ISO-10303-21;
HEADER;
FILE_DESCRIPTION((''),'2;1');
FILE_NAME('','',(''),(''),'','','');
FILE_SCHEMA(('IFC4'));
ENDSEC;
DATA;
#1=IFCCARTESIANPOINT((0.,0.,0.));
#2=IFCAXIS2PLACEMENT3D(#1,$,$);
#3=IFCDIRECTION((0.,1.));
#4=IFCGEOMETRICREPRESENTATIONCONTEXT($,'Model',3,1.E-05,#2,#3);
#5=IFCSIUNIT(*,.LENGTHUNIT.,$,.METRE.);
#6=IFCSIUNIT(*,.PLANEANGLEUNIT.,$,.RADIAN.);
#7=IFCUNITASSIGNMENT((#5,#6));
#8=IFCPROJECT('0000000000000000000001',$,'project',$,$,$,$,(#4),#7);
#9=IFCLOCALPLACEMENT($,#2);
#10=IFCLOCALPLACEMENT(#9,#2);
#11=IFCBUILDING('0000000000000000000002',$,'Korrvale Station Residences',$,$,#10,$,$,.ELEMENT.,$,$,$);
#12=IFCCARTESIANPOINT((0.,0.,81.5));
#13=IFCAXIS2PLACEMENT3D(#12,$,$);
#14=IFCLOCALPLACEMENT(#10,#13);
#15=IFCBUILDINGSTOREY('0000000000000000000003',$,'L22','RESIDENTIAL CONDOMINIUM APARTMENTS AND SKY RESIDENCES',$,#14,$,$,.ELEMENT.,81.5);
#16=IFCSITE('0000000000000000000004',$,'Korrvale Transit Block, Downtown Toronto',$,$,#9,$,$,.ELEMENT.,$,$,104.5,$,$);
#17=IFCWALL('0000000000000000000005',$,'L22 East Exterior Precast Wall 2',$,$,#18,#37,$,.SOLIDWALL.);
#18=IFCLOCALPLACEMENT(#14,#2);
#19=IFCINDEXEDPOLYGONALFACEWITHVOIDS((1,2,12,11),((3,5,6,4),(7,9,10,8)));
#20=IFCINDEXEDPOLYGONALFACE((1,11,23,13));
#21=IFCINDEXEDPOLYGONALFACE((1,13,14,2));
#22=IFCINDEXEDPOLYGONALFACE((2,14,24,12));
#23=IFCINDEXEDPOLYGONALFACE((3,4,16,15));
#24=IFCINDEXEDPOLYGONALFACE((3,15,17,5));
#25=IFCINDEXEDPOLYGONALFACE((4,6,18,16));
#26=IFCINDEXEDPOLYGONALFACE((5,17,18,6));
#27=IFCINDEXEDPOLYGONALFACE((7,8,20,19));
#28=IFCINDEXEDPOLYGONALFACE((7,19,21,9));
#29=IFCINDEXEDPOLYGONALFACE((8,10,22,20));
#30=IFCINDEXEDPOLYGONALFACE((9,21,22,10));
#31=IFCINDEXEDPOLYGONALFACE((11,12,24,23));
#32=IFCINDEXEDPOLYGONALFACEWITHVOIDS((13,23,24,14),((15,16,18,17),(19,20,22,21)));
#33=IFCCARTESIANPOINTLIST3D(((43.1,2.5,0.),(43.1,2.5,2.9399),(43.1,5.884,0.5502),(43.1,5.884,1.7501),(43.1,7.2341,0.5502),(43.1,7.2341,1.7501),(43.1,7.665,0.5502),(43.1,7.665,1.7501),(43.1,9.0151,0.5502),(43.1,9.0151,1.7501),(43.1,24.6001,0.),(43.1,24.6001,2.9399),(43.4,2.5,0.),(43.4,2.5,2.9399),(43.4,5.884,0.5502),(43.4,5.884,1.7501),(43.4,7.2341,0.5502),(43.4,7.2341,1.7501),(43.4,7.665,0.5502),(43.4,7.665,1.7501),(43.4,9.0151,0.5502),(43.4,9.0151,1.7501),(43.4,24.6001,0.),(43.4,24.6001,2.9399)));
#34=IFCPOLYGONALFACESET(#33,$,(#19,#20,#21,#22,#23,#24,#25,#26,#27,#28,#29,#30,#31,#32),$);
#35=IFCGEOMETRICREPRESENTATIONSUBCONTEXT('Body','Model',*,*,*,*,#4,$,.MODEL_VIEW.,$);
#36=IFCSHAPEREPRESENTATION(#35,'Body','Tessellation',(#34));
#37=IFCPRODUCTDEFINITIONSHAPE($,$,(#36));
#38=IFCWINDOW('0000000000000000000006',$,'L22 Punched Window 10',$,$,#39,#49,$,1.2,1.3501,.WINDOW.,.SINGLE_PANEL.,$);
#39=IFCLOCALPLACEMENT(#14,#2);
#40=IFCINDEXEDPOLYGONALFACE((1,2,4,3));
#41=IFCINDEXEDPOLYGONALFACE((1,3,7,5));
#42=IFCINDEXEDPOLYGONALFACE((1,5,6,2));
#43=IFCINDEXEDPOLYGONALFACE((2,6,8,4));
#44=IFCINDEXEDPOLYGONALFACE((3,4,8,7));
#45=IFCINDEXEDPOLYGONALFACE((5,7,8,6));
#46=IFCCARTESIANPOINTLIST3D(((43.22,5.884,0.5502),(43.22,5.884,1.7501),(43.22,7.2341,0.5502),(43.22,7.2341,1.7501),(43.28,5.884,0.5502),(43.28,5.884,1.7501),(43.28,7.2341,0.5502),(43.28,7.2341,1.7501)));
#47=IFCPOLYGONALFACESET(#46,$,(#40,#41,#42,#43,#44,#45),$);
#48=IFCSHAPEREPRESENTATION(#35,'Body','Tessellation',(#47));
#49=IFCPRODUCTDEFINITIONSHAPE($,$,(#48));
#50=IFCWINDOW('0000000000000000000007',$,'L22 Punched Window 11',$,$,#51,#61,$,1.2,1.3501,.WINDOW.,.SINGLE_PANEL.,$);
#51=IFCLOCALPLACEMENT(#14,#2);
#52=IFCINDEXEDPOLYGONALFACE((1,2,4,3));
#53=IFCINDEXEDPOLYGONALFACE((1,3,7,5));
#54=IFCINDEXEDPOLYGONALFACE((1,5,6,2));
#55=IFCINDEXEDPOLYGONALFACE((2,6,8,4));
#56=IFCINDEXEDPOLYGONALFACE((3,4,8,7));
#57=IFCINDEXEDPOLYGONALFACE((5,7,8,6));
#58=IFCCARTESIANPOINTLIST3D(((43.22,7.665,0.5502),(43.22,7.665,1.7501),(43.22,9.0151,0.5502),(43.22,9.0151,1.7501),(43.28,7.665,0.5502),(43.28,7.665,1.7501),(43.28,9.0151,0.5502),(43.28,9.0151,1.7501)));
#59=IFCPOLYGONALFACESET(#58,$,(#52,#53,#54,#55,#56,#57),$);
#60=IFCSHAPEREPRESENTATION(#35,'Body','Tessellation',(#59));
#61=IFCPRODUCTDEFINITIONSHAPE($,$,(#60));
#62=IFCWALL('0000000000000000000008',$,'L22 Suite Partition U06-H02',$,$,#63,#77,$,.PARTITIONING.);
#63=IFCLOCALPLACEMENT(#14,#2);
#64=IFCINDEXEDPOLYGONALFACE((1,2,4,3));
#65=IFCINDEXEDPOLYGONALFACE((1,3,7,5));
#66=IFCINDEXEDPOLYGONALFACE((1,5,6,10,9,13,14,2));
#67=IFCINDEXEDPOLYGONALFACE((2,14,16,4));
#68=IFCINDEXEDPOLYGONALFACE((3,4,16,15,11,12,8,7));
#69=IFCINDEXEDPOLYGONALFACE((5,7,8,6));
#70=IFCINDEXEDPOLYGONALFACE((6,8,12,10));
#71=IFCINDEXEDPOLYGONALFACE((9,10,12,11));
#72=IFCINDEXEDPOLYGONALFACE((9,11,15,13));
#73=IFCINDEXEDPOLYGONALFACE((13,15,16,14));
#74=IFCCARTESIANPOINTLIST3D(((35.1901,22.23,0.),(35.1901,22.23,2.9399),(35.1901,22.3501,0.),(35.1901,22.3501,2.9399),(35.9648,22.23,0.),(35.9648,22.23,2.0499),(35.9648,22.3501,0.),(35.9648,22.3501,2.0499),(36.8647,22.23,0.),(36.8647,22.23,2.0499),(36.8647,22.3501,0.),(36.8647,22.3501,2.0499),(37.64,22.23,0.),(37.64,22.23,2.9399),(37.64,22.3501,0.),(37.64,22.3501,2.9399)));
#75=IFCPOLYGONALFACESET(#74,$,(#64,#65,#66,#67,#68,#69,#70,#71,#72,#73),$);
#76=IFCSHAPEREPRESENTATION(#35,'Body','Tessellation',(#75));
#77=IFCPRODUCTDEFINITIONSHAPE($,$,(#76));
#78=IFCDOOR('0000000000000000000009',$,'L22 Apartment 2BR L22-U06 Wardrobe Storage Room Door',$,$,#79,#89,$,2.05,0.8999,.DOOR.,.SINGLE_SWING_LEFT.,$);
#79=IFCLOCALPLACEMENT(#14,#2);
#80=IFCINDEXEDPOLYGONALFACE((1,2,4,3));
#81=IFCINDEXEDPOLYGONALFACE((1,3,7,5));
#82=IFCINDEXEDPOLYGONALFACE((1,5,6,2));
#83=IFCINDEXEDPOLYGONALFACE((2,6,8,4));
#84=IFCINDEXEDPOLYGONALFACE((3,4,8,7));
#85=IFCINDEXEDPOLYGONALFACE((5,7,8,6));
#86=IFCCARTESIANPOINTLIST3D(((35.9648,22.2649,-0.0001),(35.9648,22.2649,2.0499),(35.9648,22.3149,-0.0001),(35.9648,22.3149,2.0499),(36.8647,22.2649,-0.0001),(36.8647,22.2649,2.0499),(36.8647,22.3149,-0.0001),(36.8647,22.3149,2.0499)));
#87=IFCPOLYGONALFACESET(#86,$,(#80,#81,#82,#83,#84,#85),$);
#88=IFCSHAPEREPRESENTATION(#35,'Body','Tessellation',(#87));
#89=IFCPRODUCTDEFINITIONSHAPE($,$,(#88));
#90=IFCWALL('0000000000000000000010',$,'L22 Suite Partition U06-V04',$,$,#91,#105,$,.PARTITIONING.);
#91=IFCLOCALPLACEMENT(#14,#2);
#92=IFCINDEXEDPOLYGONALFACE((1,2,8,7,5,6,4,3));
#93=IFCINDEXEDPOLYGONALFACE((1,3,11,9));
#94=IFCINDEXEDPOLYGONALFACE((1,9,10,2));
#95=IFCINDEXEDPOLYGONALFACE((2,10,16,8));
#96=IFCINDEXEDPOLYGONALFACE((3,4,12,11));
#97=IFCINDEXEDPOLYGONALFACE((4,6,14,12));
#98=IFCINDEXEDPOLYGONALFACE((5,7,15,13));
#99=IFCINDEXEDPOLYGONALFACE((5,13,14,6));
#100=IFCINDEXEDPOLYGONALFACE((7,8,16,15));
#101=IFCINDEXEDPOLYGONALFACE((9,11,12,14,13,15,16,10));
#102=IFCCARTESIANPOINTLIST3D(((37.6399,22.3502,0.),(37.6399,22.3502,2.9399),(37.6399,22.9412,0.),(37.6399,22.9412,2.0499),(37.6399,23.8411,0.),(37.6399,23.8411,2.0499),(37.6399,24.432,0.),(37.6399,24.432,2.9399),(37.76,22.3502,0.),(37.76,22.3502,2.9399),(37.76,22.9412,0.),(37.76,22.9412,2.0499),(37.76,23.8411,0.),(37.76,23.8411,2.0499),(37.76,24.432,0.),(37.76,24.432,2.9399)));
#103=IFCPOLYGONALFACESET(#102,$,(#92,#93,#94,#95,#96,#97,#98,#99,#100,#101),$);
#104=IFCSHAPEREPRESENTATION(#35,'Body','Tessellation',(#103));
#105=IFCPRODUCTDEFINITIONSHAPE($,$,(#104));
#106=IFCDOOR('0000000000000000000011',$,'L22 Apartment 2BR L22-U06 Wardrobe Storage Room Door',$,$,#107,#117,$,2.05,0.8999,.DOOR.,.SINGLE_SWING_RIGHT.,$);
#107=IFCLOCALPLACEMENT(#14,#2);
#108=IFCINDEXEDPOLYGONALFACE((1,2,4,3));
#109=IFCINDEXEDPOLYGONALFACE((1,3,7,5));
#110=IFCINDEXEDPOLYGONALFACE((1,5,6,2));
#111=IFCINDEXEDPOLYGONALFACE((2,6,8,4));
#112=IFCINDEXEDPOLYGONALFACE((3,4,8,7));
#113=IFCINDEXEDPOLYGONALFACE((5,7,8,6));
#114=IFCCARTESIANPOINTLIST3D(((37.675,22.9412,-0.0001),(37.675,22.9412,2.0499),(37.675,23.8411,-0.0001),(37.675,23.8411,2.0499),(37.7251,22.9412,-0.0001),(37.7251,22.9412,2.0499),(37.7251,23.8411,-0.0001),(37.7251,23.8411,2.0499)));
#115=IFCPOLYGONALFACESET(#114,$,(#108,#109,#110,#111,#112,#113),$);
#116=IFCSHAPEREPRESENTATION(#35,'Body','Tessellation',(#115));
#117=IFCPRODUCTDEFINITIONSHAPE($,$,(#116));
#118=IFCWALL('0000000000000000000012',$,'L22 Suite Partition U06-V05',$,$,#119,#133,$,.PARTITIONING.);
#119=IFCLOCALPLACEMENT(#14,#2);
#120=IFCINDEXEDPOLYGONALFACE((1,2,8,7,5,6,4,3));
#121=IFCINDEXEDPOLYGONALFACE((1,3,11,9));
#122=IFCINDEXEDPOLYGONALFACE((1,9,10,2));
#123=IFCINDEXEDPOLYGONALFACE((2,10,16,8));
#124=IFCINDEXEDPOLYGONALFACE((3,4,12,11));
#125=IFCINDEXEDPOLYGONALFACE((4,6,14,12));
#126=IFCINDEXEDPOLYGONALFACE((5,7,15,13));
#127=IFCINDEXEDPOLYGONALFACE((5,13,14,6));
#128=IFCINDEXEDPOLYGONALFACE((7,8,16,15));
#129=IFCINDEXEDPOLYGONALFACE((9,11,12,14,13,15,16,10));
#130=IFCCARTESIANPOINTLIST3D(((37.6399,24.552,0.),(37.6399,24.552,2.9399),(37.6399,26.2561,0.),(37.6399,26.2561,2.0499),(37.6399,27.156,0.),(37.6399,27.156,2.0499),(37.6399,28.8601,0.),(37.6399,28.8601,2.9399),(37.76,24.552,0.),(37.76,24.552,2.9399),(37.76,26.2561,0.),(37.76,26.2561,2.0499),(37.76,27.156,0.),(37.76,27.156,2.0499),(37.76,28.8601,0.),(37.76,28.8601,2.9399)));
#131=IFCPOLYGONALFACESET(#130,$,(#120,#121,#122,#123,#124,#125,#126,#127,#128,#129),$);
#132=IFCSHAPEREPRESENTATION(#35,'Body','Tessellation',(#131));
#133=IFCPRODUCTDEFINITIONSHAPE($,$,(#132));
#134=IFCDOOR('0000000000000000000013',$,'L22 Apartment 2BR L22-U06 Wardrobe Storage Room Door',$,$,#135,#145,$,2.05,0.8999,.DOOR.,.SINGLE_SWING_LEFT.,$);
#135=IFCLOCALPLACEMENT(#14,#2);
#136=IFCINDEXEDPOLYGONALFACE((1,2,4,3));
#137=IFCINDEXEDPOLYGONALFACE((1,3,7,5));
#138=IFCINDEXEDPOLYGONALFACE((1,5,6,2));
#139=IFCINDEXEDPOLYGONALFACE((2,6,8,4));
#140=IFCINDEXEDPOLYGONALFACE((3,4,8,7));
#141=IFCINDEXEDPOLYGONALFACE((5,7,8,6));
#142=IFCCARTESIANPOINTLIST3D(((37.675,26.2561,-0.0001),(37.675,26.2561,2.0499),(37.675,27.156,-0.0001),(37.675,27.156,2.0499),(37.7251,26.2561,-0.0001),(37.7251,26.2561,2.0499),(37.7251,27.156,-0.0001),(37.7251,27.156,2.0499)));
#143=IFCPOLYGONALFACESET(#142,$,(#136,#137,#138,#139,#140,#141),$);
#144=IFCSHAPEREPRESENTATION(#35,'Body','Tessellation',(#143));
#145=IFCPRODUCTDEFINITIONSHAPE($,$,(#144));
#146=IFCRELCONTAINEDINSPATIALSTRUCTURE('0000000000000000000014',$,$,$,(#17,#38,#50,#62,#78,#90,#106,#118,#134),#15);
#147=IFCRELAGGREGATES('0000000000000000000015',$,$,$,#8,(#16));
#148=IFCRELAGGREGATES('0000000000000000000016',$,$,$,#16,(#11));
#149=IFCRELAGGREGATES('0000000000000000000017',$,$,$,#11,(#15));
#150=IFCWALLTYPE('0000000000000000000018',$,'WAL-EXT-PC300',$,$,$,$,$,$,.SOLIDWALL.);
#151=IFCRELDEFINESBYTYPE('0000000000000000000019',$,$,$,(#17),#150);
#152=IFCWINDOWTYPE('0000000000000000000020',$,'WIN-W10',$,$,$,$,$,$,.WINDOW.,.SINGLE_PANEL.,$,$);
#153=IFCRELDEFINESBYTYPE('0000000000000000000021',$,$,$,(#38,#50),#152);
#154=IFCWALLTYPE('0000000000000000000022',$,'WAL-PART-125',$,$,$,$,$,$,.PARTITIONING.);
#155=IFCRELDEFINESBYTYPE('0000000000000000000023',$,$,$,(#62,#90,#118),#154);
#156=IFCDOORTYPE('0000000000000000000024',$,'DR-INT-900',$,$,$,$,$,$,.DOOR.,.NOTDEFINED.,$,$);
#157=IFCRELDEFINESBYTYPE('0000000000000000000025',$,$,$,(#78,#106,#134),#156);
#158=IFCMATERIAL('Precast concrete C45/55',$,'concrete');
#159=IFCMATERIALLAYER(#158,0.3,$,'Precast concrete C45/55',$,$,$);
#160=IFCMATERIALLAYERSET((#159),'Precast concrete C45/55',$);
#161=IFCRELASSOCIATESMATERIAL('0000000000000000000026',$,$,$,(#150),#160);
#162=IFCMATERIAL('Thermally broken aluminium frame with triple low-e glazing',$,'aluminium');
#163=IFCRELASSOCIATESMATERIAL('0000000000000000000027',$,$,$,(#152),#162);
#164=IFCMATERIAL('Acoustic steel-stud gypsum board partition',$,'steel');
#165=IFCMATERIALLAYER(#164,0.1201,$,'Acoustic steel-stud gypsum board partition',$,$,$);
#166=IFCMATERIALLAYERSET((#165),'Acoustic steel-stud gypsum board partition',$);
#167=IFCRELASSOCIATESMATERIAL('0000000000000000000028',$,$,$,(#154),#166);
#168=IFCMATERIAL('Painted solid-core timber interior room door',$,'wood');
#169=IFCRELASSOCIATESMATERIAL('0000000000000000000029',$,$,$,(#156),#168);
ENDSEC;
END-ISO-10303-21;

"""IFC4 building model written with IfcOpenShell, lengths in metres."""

from ifc_helpers import new_model, si_unit, direction, frame, frame_2d, origin, place, context, subcontext, project, spatial, rectangle, extrude, material, layer, layer_set, type_object, element, fill, save


model = new_model("IFC4")

# Units and contexts
model_context = context("Model", 3, precision=1e-05, world=origin(), true_north=direction((0.0, 1.0)))
body_context = subcontext(model_context, "Body", "Model", "MODEL_VIEW")
ifc_project = project(units=[si_unit("LENGTHUNIT", "METRE"), si_unit("PLANEANGLEUNIT", "RADIAN")], contexts=[model_context])

# Site, building, storey
site_placement = place(None, origin())
site = spatial("IfcSite", under=ifc_project, at=site_placement, Name="Korrvale Transit Block, Downtown Toronto", CompositionType="ELEMENT", RefElevation=104.5)
building_placement = place(site_placement, origin())
building = spatial("IfcBuilding", under=site, at=building_placement, Name="Korrvale Station Residences", CompositionType="ELEMENT")
storey_placement = place(building_placement, frame((0.0, 0.0, 81.5)))
storey = spatial("IfcBuildingStorey", under=building, at=storey_placement, Name="L22", Description="RESIDENTIAL CONDOMINIUM APARTMENTS AND SKY RESIDENCES", CompositionType="ELEMENT", Elevation=81.5)

# Shared definitions
ifc_material_1 = material(Name="Precast concrete C45/55", Category="concrete")

# Shared definitions
ifc_material_2 = material(Name="Thermally broken aluminium frame with triple low-e glazing", Category="aluminium")

# Wall, openings, windows
ifc_layer_1 = layer(ifc_material_1, 0.3, Name="Precast concrete C45/55")
ifc_layer_set_1 = layer_set([ifc_layer_1], Name="Precast concrete C45/55")
wall_type_1 = type_object("IfcWallType", Name="WAL-EXT-PC300", PredefinedType="SOLIDWALL", material=ifc_layer_set_1)
wall_1_placement = place(storey_placement, frame((43.25, 24.6001, 0.0), z_axis=(0.0, 0.0, 1.0), x_axis=(0.0, -1.0, 0.0)))
wall_1 = element("IfcWall", 1, at=wall_1_placement, inside=storey, type_object=wall_type_1, Name="L22 East Exterior Precast Wall 2", PredefinedType="SOLIDWALL", context=body_context, shape_type="SweptSolid", body=[
    extrude(rectangle(XDim=22.1001, YDim=0.3, at=frame_2d((11.05, 0.0))), origin(), (0.0, 0.0, 1.0), 2.9399),
])
opening_1_placement = place(wall_1_placement, frame((17.366, 0.0, 0.55)))
opening_1 = element("IfcOpeningElement", 2, at=opening_1_placement, cuts=wall_1, PredefinedType="OPENING", context=body_context, shape_type="SweptSolid", body=[
    extrude(rectangle(XDim=1.3501, YDim=1.2, at=frame_2d((0.675, 0.6001))), frame((0.0, 0.1602, 0.0), z_axis=(0.0, -1.0, 0.0), x_axis=(1.0, 0.0, 0.0)), (0.0, 0.0, 1.0), 0.3201),
])
opening_2_placement = place(wall_1_placement, frame((15.585, 0.0, 0.55)))
opening_2 = element("IfcOpeningElement", 3, at=opening_2_placement, cuts=wall_1, PredefinedType="OPENING", context=body_context, shape_type="SweptSolid", body=[
    extrude(rectangle(XDim=1.3501, YDim=1.2, at=frame_2d((0.675, 0.6001))), frame((0.0, 0.1602, 0.0), z_axis=(0.0, -1.0, 0.0), x_axis=(1.0, 0.0, 0.0)), (0.0, 0.0, 1.0), 0.3201),
])
window_type_1 = type_object("IfcWindowType", Name="WIN-W10", PartitioningType="SINGLE_PANEL", PredefinedType="WINDOW", material=ifc_material_2)
window_1_placement = place(opening_1_placement, origin())
window_1 = element("IfcWindow", 4, at=window_1_placement, inside=storey, type_object=window_type_1, Name="L22 Punched Window 10", OverallHeight=1.2, OverallWidth=1.3501, PartitioningType="SINGLE_PANEL", PredefinedType="WINDOW", context=body_context, shape_type="SweptSolid", body=[
    extrude(rectangle(XDim=1.3501, YDim=1.2, at=frame_2d((0.675, 0.6001))), frame((0.0, 0.03, 0.0), z_axis=(0.0, -1.0, 0.0), x_axis=(1.0, 0.0, 0.0)), (0.0, 0.0, 1.0), 0.0601),
])
fill(opening_1, window_1)
window_2_placement = place(opening_2_placement, origin())
window_2 = element("IfcWindow", 5, at=window_2_placement, inside=storey, type_object=window_type_1, Name="L22 Punched Window 11", OverallHeight=1.2, OverallWidth=1.3501, PartitioningType="SINGLE_PANEL", PredefinedType="WINDOW", context=body_context, shape_type="SweptSolid", body=[
    extrude(rectangle(XDim=1.3501, YDim=1.2, at=frame_2d((0.675, 0.6001))), frame((0.0, 0.03, 0.0), z_axis=(0.0, -1.0, 0.0), x_axis=(1.0, 0.0, 0.0)), (0.0, 0.0, 1.0), 0.0601),
])
fill(opening_2, window_2)

# Walls, openings, doors
ifc_material_3 = material(Name="Acoustic steel-stud gypsum board partition", Category="steel")
ifc_layer_2 = layer(ifc_material_3, 0.1201, Name="Acoustic steel-stud gypsum board partition")
ifc_layer_set_2 = layer_set([ifc_layer_2], Name="Acoustic steel-stud gypsum board partition")
wall_type_2 = type_object("IfcWallType", Name="WAL-PART-125", PredefinedType="PARTITIONING", material=ifc_layer_set_2)
wall_2_placement = place(storey_placement, frame((35.1899, 22.29, 0.0), z_axis=(0.0, 0.0, 1.0), x_axis=(1.0, 0.0, 0.0)))
wall_2 = element("IfcWall", 6, at=wall_2_placement, inside=storey, type_object=wall_type_2, Name="L22 Suite Partition U06-H02", PredefinedType="PARTITIONING", context=body_context, shape_type="SweptSolid", body=[
    extrude(rectangle(XDim=2.45, YDim=0.1201, at=frame_2d((1.2251, 0.0))), origin(), (0.0, 0.0, 1.0), 2.9399),
])
opening_3_placement = place(wall_2_placement, frame((0.7749, 0.0, 0.0)))
opening_3 = element("IfcOpeningElement", 7, at=opening_3_placement, cuts=wall_2, PredefinedType="OPENING", context=body_context, shape_type="SweptSolid", body=[
    extrude(rectangle(XDim=0.8999, YDim=2.05, at=frame_2d((0.45, 1.0249))), frame((0.0, 0.0701, 0.0), z_axis=(0.0, -1.0, 0.0), x_axis=(1.0, 0.0, 0.0)), (0.0, 0.0, 1.0), 0.1401),
])
ifc_material_4 = material(Name="Painted solid-core timber interior room door", Category="wood")
door_type_1 = type_object("IfcDoorType", Name="DR-INT-900", OperationType="NOTDEFINED", PredefinedType="DOOR", material=ifc_material_4)
door_1_placement = place(opening_3_placement, origin())
door_1 = element("IfcDoor", 8, at=door_1_placement, inside=storey, type_object=door_type_1, Name="L22 Apartment 2BR L22-U06 Wardrobe Storage Room Door", OperationType="SINGLE_SWING_LEFT", OverallHeight=2.05, OverallWidth=0.8999, PredefinedType="DOOR", context=body_context, shape_type="SweptSolid", body=[
    extrude(rectangle(XDim=0.8999, YDim=2.05, at=frame_2d((0.45, 1.0249))), frame((0.0, 0.0249, 0.0), z_axis=(0.0, -1.0, 0.0), x_axis=(1.0, 0.0, 0.0)), (0.0, 0.0, 1.0), 0.05),
])
fill(opening_3, door_1)
wall_3_placement = place(storey_placement, frame((37.7, 22.3501, 0.0), z_axis=(0.0, 0.0, 1.0), x_axis=(0.0, 1.0, 0.0)))
wall_3 = element("IfcWall", 9, at=wall_3_placement, inside=storey, type_object=wall_type_2, Name="L22 Suite Partition U06-V04", PredefinedType="PARTITIONING", context=body_context, shape_type="SweptSolid", body=[
    extrude(rectangle(XDim=2.0818, YDim=0.1201, at=frame_2d((1.041, 0.0))), origin(), (0.0, 0.0, 1.0), 2.9399),
])
opening_4_placement = place(wall_3_placement, frame((0.5911, 0.0, 0.0)))
opening_4 = element("IfcOpeningElement", 10, at=opening_4_placement, cuts=wall_3, PredefinedType="OPENING", context=body_context, shape_type="SweptSolid", body=[
    extrude(rectangle(XDim=0.8999, YDim=2.05, at=frame_2d((0.45, 1.0249))), frame((0.0, 0.0701, 0.0), z_axis=(0.0, -1.0, 0.0), x_axis=(1.0, 0.0, 0.0)), (0.0, 0.0, 1.0), 0.1401),
])
door_2_placement = place(opening_4_placement, origin())
door_2 = element("IfcDoor", 11, at=door_2_placement, inside=storey, type_object=door_type_1, Name="L22 Apartment 2BR L22-U06 Wardrobe Storage Room Door", OperationType="SINGLE_SWING_RIGHT", OverallHeight=2.05, OverallWidth=0.8999, PredefinedType="DOOR", context=body_context, shape_type="SweptSolid", body=[
    extrude(rectangle(XDim=0.8999, YDim=2.05, at=frame_2d((0.45, 1.0249))), frame((0.0, 0.0249, 0.0), z_axis=(0.0, -1.0, 0.0), x_axis=(1.0, 0.0, 0.0)), (0.0, 0.0, 1.0), 0.05),
])
fill(opening_4, door_2)
wall_4_placement = place(storey_placement, frame((37.7, 24.552, 0.0), z_axis=(0.0, 0.0, 1.0), x_axis=(0.0, 1.0, 0.0)))
wall_4 = element("IfcWall", 12, at=wall_4_placement, inside=storey, type_object=wall_type_2, Name="L22 Suite Partition U06-V05", PredefinedType="PARTITIONING", context=body_context, shape_type="SweptSolid", body=[
    extrude(rectangle(XDim=4.3081, YDim=0.1201, at=frame_2d((2.1541, 0.0))), origin(), (0.0, 0.0, 1.0), 2.9399),
])
opening_5_placement = place(wall_4_placement, frame((1.7041, 0.0, 0.0)))
opening_5 = element("IfcOpeningElement", 13, at=opening_5_placement, cuts=wall_4, PredefinedType="OPENING", context=body_context, shape_type="SweptSolid", body=[
    extrude(rectangle(XDim=0.8999, YDim=2.05, at=frame_2d((0.45, 1.0249))), frame((0.0, 0.0701, 0.0), z_axis=(0.0, -1.0, 0.0), x_axis=(1.0, 0.0, 0.0)), (0.0, 0.0, 1.0), 0.1401),
])
door_3_placement = place(opening_5_placement, origin())
door_3 = element("IfcDoor", 14, at=door_3_placement, inside=storey, type_object=door_type_1, Name="L22 Apartment 2BR L22-U06 Wardrobe Storage Room Door", OperationType="SINGLE_SWING_LEFT", OverallHeight=2.05, OverallWidth=0.8999, PredefinedType="DOOR", context=body_context, shape_type="SweptSolid", body=[
    extrude(rectangle(XDim=0.8999, YDim=2.05, at=frame_2d((0.45, 1.0249))), frame((0.0, 0.0249, 0.0), z_axis=(0.0, -1.0, 0.0), x_axis=(1.0, 0.0, 0.0)), (0.0, 0.0, 1.0), 0.05),
])
fill(opening_5, door_3)

save(model, "model.ifc")
